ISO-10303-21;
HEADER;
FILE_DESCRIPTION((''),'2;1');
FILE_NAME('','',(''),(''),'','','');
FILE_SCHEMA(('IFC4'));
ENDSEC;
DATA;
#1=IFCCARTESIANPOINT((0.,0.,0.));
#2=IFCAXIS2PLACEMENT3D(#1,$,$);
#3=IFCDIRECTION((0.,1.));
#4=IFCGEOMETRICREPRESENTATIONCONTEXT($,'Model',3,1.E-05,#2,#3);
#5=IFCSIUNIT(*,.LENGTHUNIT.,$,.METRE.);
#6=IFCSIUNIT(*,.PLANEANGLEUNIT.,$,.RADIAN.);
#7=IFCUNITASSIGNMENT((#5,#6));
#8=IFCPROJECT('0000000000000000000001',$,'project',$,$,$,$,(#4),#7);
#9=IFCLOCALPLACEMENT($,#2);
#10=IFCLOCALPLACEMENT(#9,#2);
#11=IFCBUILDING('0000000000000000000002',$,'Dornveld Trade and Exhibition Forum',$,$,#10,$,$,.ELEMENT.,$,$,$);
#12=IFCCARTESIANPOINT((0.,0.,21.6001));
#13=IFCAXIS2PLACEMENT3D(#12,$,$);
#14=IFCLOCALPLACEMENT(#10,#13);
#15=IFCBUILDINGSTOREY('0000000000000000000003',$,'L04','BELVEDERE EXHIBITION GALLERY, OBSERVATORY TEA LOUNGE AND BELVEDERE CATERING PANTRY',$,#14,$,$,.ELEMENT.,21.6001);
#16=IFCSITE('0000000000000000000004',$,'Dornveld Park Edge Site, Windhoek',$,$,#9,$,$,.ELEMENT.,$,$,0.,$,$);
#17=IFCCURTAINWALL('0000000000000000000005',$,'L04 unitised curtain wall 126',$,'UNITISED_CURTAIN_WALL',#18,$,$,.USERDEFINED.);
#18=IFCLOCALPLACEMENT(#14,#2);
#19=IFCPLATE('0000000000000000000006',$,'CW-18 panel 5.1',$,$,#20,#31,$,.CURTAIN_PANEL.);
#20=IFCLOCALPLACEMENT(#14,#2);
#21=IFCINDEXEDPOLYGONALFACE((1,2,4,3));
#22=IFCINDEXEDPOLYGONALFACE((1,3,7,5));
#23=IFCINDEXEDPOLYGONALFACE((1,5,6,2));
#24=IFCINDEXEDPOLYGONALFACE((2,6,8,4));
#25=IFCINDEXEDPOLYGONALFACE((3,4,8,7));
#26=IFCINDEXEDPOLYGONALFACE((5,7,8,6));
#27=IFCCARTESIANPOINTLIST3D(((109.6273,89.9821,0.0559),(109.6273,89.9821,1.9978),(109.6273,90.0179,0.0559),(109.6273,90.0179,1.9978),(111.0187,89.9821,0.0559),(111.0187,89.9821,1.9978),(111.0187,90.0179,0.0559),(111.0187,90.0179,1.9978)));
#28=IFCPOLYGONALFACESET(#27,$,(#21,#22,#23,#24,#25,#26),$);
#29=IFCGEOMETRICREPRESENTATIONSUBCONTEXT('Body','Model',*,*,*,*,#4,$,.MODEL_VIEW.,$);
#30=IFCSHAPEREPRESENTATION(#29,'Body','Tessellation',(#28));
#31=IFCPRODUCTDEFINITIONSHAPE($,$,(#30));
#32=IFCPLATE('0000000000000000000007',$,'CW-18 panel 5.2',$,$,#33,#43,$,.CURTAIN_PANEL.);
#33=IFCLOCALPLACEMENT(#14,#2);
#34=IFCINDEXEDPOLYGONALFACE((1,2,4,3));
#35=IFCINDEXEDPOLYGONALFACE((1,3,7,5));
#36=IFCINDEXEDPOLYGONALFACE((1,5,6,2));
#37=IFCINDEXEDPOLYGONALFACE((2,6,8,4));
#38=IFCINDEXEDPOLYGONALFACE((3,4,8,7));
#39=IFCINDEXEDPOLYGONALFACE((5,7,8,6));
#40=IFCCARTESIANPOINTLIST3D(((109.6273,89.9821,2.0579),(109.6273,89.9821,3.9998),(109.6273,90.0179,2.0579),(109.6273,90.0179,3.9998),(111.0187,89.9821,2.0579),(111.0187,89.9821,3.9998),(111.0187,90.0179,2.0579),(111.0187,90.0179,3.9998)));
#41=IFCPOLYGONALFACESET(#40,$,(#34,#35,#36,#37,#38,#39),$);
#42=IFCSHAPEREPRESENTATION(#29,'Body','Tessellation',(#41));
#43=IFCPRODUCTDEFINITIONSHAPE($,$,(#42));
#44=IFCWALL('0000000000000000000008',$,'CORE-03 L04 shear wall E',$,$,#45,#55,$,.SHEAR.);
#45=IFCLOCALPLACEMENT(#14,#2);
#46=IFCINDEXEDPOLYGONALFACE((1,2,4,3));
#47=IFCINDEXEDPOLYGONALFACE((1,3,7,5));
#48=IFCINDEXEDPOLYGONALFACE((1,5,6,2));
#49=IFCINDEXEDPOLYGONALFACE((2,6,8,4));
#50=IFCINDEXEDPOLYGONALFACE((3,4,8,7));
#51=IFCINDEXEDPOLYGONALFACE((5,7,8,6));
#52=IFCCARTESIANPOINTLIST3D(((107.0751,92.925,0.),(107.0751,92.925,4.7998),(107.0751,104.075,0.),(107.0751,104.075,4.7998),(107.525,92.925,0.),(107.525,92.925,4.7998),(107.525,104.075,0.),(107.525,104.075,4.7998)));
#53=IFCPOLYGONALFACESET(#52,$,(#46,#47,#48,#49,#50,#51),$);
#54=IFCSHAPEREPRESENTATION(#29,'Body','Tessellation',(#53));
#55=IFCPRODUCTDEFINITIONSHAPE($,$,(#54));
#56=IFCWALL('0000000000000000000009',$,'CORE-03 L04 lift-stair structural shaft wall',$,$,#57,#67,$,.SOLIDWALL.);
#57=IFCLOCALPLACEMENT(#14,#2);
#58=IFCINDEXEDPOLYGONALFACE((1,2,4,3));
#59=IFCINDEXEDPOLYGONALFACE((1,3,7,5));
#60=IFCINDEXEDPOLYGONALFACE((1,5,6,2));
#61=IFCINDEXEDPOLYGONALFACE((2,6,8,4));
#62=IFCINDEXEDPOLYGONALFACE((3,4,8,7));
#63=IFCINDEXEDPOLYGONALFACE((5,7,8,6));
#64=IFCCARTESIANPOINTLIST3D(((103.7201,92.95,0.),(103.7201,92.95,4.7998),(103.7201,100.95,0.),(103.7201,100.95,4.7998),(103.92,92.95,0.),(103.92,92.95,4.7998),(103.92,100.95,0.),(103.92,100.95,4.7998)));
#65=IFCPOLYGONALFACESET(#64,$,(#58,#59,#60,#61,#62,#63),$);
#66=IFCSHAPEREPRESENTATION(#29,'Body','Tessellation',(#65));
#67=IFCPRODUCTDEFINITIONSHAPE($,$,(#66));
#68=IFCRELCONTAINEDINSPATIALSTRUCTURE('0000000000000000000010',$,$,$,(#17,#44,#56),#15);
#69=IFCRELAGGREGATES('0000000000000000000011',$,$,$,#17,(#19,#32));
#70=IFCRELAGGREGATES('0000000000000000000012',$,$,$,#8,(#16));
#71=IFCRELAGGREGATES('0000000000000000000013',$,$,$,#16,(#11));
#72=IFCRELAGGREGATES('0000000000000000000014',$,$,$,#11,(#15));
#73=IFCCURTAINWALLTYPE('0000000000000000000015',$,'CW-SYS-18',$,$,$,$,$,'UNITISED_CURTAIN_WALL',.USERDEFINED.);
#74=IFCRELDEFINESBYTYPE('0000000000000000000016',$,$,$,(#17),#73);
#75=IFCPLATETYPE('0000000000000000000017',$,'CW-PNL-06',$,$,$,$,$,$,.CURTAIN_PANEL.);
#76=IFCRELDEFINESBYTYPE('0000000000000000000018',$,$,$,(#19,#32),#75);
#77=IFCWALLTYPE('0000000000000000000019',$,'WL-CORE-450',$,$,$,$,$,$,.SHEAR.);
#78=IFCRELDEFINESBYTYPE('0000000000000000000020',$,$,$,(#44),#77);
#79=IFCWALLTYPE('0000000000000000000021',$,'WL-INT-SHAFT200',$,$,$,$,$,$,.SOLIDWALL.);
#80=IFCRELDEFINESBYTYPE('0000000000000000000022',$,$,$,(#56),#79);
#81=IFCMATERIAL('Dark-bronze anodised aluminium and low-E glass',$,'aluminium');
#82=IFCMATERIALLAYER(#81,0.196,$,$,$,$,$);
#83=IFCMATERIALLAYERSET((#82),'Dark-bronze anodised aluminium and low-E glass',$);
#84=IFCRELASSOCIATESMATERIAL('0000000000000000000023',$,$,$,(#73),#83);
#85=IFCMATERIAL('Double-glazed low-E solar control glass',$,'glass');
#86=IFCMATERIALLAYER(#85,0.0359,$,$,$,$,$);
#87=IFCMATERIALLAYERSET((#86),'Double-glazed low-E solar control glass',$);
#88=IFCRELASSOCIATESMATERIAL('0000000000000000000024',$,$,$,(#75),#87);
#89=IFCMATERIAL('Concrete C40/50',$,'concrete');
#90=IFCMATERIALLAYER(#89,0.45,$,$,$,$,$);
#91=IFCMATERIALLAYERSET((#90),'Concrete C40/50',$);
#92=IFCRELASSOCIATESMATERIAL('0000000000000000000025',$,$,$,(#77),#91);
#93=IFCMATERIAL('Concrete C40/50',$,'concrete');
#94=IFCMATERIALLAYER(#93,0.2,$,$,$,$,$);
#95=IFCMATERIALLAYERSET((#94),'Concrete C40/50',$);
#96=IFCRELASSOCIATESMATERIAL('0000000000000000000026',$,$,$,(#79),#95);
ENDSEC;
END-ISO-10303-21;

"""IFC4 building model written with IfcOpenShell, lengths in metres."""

from ifc_helpers import new_model, si_unit, direction, frame, frame_2d, origin, origin_2d, place, context, subcontext, project, spatial, rectangle, extrude, material, layer, layer_set, type_object, element, aggregate, save


model = new_model("IFC4")

# Units and contexts
model_context = context("Model", 3, precision=1e-05, world=origin(), true_north=direction((0.0, 1.0)))
body_context = subcontext(model_context, "Body", "Model", "MODEL_VIEW")
ifc_project = project(units=[si_unit("LENGTHUNIT", "METRE"), si_unit("PLANEANGLEUNIT", "RADIAN")], contexts=[model_context])

# Site, building, storey
site_placement = place(None, origin())
site = spatial("IfcSite", under=ifc_project, at=site_placement, Name="Dornveld Park Edge Site, Windhoek", CompositionType="ELEMENT", RefElevation=0.0)
building_placement = place(site_placement, origin())
building = spatial("IfcBuilding", under=site, at=building_placement, Name="Dornveld Trade and Exhibition Forum", CompositionType="ELEMENT")
storey_placement = place(building_placement, frame((0.0, 0.0, 21.6001)))
storey = spatial("IfcBuildingStorey", under=building, at=storey_placement, Name="L04", Description="BELVEDERE EXHIBITION GALLERY, OBSERVATORY TEA LOUNGE AND BELVEDERE CATERING PANTRY", CompositionType="ELEMENT", Elevation=21.6001)

# Curtain wall, plates
ifc_material_1 = material(Name="Dark-bronze anodised aluminium and low-E glass", Category="aluminium")
ifc_layer_1 = layer(ifc_material_1, 0.196)
ifc_layer_set_1 = layer_set([ifc_layer_1], Name="Dark-bronze anodised aluminium and low-E glass")
curtain_wall_type = type_object("IfcCurtainWallType", Name="CW-SYS-18", ElementType="UNITISED_CURTAIN_WALL", PredefinedType="USERDEFINED", material=ifc_layer_set_1)
curtain_wall_placement = place(storey_placement, origin())
curtain_wall = element("IfcCurtainWall", 1, at=curtain_wall_placement, inside=storey, type_object=curtain_wall_type, Name="L04 unitised curtain wall 126", ObjectType="UNITISED_CURTAIN_WALL", PredefinedType="USERDEFINED")
ifc_material_2 = material(Name="Double-glazed low-E solar control glass", Category="glass")
ifc_layer_2 = layer(ifc_material_2, 0.0359)
ifc_layer_set_2 = layer_set([ifc_layer_2], Name="Double-glazed low-E solar control glass")
plate_type = type_object("IfcPlateType", Name="CW-PNL-06", PredefinedType="CURTAIN_PANEL", material=ifc_layer_set_2)
plate_1_placement = place(storey_placement, frame((110.323, 90.0, 0.0559), z_axis=(0.0, 0.0, 1.0), x_axis=(-1.0, 0.0, 0.0)))
plate_1 = element("IfcPlate", 2, at=plate_1_placement, type_object=plate_type, Name="CW-18 panel 5.1", PredefinedType="CURTAIN_PANEL", context=body_context, shape_type="SweptSolid", body=[
    extrude(rectangle(XDim=1.3914, YDim=0.0359, at=origin_2d()), origin(), (0.0, 0.0, 1.0), 1.9419),
])
plate_2_placement = place(storey_placement, frame((110.323, 90.0, 2.0579), z_axis=(0.0, 0.0, 1.0), x_axis=(-1.0, 0.0, 0.0)))
plate_2 = element("IfcPlate", 3, at=plate_2_placement, type_object=plate_type, Name="CW-18 panel 5.2", PredefinedType="CURTAIN_PANEL", context=body_context, shape_type="SweptSolid", body=[
    extrude(rectangle(XDim=1.3914, YDim=0.0359, at=origin_2d()), origin(), (0.0, 0.0, 1.0), 1.9419),
])
aggregate(curtain_wall, [plate_1, plate_2])

# Walls
ifc_material_3 = material(Name="Concrete C40/50", Category="concrete")
ifc_layer_3 = layer(ifc_material_3, 0.45)
ifc_layer_set_3 = layer_set([ifc_layer_3], Name="Concrete C40/50")
wall_type_1 = type_object("IfcWallType", Name="WL-CORE-450", PredefinedType="SHEAR", material=ifc_layer_set_3)
wall_1_placement = place(storey_placement, frame((107.3, 92.925, 0.0), z_axis=(0.0, 0.0, 1.0), x_axis=(0.0, 1.0, 0.0)))
element("IfcWall", 4, at=wall_1_placement, inside=storey, type_object=wall_type_1, Name="CORE-03 L04 shear wall E", PredefinedType="SHEAR", context=body_context, shape_type="SweptSolid", body=[
    extrude(rectangle(XDim=11.1499, YDim=0.45, at=frame_2d((5.575, 0.0))), origin(), (0.0, 0.0, 1.0), 4.7998),
])
ifc_material_4 = material(Name="Concrete C40/50", Category="concrete")
ifc_layer_4 = layer(ifc_material_4, 0.2)
ifc_layer_set_4 = layer_set([ifc_layer_4], Name="Concrete C40/50")
wall_type_2 = type_object("IfcWallType", Name="WL-INT-SHAFT200", PredefinedType="SOLIDWALL", material=ifc_layer_set_4)
wall_2_placement = place(storey_placement, frame((103.8201, 92.95, 0.0), z_axis=(0.0, 0.0, 1.0), x_axis=(0.0, 1.0, 0.0)))
element("IfcWall", 5, at=wall_2_placement, inside=storey, type_object=wall_type_2, Name="CORE-03 L04 lift-stair structural shaft wall", PredefinedType="SOLIDWALL", context=body_context, shape_type="SweptSolid", body=[
    extrude(rectangle(XDim=8.0, YDim=0.2, at=frame_2d((4.0, 0.0))), origin(), (0.0, 0.0, 1.0), 4.7998),
])

save(model, "model.ifc")
